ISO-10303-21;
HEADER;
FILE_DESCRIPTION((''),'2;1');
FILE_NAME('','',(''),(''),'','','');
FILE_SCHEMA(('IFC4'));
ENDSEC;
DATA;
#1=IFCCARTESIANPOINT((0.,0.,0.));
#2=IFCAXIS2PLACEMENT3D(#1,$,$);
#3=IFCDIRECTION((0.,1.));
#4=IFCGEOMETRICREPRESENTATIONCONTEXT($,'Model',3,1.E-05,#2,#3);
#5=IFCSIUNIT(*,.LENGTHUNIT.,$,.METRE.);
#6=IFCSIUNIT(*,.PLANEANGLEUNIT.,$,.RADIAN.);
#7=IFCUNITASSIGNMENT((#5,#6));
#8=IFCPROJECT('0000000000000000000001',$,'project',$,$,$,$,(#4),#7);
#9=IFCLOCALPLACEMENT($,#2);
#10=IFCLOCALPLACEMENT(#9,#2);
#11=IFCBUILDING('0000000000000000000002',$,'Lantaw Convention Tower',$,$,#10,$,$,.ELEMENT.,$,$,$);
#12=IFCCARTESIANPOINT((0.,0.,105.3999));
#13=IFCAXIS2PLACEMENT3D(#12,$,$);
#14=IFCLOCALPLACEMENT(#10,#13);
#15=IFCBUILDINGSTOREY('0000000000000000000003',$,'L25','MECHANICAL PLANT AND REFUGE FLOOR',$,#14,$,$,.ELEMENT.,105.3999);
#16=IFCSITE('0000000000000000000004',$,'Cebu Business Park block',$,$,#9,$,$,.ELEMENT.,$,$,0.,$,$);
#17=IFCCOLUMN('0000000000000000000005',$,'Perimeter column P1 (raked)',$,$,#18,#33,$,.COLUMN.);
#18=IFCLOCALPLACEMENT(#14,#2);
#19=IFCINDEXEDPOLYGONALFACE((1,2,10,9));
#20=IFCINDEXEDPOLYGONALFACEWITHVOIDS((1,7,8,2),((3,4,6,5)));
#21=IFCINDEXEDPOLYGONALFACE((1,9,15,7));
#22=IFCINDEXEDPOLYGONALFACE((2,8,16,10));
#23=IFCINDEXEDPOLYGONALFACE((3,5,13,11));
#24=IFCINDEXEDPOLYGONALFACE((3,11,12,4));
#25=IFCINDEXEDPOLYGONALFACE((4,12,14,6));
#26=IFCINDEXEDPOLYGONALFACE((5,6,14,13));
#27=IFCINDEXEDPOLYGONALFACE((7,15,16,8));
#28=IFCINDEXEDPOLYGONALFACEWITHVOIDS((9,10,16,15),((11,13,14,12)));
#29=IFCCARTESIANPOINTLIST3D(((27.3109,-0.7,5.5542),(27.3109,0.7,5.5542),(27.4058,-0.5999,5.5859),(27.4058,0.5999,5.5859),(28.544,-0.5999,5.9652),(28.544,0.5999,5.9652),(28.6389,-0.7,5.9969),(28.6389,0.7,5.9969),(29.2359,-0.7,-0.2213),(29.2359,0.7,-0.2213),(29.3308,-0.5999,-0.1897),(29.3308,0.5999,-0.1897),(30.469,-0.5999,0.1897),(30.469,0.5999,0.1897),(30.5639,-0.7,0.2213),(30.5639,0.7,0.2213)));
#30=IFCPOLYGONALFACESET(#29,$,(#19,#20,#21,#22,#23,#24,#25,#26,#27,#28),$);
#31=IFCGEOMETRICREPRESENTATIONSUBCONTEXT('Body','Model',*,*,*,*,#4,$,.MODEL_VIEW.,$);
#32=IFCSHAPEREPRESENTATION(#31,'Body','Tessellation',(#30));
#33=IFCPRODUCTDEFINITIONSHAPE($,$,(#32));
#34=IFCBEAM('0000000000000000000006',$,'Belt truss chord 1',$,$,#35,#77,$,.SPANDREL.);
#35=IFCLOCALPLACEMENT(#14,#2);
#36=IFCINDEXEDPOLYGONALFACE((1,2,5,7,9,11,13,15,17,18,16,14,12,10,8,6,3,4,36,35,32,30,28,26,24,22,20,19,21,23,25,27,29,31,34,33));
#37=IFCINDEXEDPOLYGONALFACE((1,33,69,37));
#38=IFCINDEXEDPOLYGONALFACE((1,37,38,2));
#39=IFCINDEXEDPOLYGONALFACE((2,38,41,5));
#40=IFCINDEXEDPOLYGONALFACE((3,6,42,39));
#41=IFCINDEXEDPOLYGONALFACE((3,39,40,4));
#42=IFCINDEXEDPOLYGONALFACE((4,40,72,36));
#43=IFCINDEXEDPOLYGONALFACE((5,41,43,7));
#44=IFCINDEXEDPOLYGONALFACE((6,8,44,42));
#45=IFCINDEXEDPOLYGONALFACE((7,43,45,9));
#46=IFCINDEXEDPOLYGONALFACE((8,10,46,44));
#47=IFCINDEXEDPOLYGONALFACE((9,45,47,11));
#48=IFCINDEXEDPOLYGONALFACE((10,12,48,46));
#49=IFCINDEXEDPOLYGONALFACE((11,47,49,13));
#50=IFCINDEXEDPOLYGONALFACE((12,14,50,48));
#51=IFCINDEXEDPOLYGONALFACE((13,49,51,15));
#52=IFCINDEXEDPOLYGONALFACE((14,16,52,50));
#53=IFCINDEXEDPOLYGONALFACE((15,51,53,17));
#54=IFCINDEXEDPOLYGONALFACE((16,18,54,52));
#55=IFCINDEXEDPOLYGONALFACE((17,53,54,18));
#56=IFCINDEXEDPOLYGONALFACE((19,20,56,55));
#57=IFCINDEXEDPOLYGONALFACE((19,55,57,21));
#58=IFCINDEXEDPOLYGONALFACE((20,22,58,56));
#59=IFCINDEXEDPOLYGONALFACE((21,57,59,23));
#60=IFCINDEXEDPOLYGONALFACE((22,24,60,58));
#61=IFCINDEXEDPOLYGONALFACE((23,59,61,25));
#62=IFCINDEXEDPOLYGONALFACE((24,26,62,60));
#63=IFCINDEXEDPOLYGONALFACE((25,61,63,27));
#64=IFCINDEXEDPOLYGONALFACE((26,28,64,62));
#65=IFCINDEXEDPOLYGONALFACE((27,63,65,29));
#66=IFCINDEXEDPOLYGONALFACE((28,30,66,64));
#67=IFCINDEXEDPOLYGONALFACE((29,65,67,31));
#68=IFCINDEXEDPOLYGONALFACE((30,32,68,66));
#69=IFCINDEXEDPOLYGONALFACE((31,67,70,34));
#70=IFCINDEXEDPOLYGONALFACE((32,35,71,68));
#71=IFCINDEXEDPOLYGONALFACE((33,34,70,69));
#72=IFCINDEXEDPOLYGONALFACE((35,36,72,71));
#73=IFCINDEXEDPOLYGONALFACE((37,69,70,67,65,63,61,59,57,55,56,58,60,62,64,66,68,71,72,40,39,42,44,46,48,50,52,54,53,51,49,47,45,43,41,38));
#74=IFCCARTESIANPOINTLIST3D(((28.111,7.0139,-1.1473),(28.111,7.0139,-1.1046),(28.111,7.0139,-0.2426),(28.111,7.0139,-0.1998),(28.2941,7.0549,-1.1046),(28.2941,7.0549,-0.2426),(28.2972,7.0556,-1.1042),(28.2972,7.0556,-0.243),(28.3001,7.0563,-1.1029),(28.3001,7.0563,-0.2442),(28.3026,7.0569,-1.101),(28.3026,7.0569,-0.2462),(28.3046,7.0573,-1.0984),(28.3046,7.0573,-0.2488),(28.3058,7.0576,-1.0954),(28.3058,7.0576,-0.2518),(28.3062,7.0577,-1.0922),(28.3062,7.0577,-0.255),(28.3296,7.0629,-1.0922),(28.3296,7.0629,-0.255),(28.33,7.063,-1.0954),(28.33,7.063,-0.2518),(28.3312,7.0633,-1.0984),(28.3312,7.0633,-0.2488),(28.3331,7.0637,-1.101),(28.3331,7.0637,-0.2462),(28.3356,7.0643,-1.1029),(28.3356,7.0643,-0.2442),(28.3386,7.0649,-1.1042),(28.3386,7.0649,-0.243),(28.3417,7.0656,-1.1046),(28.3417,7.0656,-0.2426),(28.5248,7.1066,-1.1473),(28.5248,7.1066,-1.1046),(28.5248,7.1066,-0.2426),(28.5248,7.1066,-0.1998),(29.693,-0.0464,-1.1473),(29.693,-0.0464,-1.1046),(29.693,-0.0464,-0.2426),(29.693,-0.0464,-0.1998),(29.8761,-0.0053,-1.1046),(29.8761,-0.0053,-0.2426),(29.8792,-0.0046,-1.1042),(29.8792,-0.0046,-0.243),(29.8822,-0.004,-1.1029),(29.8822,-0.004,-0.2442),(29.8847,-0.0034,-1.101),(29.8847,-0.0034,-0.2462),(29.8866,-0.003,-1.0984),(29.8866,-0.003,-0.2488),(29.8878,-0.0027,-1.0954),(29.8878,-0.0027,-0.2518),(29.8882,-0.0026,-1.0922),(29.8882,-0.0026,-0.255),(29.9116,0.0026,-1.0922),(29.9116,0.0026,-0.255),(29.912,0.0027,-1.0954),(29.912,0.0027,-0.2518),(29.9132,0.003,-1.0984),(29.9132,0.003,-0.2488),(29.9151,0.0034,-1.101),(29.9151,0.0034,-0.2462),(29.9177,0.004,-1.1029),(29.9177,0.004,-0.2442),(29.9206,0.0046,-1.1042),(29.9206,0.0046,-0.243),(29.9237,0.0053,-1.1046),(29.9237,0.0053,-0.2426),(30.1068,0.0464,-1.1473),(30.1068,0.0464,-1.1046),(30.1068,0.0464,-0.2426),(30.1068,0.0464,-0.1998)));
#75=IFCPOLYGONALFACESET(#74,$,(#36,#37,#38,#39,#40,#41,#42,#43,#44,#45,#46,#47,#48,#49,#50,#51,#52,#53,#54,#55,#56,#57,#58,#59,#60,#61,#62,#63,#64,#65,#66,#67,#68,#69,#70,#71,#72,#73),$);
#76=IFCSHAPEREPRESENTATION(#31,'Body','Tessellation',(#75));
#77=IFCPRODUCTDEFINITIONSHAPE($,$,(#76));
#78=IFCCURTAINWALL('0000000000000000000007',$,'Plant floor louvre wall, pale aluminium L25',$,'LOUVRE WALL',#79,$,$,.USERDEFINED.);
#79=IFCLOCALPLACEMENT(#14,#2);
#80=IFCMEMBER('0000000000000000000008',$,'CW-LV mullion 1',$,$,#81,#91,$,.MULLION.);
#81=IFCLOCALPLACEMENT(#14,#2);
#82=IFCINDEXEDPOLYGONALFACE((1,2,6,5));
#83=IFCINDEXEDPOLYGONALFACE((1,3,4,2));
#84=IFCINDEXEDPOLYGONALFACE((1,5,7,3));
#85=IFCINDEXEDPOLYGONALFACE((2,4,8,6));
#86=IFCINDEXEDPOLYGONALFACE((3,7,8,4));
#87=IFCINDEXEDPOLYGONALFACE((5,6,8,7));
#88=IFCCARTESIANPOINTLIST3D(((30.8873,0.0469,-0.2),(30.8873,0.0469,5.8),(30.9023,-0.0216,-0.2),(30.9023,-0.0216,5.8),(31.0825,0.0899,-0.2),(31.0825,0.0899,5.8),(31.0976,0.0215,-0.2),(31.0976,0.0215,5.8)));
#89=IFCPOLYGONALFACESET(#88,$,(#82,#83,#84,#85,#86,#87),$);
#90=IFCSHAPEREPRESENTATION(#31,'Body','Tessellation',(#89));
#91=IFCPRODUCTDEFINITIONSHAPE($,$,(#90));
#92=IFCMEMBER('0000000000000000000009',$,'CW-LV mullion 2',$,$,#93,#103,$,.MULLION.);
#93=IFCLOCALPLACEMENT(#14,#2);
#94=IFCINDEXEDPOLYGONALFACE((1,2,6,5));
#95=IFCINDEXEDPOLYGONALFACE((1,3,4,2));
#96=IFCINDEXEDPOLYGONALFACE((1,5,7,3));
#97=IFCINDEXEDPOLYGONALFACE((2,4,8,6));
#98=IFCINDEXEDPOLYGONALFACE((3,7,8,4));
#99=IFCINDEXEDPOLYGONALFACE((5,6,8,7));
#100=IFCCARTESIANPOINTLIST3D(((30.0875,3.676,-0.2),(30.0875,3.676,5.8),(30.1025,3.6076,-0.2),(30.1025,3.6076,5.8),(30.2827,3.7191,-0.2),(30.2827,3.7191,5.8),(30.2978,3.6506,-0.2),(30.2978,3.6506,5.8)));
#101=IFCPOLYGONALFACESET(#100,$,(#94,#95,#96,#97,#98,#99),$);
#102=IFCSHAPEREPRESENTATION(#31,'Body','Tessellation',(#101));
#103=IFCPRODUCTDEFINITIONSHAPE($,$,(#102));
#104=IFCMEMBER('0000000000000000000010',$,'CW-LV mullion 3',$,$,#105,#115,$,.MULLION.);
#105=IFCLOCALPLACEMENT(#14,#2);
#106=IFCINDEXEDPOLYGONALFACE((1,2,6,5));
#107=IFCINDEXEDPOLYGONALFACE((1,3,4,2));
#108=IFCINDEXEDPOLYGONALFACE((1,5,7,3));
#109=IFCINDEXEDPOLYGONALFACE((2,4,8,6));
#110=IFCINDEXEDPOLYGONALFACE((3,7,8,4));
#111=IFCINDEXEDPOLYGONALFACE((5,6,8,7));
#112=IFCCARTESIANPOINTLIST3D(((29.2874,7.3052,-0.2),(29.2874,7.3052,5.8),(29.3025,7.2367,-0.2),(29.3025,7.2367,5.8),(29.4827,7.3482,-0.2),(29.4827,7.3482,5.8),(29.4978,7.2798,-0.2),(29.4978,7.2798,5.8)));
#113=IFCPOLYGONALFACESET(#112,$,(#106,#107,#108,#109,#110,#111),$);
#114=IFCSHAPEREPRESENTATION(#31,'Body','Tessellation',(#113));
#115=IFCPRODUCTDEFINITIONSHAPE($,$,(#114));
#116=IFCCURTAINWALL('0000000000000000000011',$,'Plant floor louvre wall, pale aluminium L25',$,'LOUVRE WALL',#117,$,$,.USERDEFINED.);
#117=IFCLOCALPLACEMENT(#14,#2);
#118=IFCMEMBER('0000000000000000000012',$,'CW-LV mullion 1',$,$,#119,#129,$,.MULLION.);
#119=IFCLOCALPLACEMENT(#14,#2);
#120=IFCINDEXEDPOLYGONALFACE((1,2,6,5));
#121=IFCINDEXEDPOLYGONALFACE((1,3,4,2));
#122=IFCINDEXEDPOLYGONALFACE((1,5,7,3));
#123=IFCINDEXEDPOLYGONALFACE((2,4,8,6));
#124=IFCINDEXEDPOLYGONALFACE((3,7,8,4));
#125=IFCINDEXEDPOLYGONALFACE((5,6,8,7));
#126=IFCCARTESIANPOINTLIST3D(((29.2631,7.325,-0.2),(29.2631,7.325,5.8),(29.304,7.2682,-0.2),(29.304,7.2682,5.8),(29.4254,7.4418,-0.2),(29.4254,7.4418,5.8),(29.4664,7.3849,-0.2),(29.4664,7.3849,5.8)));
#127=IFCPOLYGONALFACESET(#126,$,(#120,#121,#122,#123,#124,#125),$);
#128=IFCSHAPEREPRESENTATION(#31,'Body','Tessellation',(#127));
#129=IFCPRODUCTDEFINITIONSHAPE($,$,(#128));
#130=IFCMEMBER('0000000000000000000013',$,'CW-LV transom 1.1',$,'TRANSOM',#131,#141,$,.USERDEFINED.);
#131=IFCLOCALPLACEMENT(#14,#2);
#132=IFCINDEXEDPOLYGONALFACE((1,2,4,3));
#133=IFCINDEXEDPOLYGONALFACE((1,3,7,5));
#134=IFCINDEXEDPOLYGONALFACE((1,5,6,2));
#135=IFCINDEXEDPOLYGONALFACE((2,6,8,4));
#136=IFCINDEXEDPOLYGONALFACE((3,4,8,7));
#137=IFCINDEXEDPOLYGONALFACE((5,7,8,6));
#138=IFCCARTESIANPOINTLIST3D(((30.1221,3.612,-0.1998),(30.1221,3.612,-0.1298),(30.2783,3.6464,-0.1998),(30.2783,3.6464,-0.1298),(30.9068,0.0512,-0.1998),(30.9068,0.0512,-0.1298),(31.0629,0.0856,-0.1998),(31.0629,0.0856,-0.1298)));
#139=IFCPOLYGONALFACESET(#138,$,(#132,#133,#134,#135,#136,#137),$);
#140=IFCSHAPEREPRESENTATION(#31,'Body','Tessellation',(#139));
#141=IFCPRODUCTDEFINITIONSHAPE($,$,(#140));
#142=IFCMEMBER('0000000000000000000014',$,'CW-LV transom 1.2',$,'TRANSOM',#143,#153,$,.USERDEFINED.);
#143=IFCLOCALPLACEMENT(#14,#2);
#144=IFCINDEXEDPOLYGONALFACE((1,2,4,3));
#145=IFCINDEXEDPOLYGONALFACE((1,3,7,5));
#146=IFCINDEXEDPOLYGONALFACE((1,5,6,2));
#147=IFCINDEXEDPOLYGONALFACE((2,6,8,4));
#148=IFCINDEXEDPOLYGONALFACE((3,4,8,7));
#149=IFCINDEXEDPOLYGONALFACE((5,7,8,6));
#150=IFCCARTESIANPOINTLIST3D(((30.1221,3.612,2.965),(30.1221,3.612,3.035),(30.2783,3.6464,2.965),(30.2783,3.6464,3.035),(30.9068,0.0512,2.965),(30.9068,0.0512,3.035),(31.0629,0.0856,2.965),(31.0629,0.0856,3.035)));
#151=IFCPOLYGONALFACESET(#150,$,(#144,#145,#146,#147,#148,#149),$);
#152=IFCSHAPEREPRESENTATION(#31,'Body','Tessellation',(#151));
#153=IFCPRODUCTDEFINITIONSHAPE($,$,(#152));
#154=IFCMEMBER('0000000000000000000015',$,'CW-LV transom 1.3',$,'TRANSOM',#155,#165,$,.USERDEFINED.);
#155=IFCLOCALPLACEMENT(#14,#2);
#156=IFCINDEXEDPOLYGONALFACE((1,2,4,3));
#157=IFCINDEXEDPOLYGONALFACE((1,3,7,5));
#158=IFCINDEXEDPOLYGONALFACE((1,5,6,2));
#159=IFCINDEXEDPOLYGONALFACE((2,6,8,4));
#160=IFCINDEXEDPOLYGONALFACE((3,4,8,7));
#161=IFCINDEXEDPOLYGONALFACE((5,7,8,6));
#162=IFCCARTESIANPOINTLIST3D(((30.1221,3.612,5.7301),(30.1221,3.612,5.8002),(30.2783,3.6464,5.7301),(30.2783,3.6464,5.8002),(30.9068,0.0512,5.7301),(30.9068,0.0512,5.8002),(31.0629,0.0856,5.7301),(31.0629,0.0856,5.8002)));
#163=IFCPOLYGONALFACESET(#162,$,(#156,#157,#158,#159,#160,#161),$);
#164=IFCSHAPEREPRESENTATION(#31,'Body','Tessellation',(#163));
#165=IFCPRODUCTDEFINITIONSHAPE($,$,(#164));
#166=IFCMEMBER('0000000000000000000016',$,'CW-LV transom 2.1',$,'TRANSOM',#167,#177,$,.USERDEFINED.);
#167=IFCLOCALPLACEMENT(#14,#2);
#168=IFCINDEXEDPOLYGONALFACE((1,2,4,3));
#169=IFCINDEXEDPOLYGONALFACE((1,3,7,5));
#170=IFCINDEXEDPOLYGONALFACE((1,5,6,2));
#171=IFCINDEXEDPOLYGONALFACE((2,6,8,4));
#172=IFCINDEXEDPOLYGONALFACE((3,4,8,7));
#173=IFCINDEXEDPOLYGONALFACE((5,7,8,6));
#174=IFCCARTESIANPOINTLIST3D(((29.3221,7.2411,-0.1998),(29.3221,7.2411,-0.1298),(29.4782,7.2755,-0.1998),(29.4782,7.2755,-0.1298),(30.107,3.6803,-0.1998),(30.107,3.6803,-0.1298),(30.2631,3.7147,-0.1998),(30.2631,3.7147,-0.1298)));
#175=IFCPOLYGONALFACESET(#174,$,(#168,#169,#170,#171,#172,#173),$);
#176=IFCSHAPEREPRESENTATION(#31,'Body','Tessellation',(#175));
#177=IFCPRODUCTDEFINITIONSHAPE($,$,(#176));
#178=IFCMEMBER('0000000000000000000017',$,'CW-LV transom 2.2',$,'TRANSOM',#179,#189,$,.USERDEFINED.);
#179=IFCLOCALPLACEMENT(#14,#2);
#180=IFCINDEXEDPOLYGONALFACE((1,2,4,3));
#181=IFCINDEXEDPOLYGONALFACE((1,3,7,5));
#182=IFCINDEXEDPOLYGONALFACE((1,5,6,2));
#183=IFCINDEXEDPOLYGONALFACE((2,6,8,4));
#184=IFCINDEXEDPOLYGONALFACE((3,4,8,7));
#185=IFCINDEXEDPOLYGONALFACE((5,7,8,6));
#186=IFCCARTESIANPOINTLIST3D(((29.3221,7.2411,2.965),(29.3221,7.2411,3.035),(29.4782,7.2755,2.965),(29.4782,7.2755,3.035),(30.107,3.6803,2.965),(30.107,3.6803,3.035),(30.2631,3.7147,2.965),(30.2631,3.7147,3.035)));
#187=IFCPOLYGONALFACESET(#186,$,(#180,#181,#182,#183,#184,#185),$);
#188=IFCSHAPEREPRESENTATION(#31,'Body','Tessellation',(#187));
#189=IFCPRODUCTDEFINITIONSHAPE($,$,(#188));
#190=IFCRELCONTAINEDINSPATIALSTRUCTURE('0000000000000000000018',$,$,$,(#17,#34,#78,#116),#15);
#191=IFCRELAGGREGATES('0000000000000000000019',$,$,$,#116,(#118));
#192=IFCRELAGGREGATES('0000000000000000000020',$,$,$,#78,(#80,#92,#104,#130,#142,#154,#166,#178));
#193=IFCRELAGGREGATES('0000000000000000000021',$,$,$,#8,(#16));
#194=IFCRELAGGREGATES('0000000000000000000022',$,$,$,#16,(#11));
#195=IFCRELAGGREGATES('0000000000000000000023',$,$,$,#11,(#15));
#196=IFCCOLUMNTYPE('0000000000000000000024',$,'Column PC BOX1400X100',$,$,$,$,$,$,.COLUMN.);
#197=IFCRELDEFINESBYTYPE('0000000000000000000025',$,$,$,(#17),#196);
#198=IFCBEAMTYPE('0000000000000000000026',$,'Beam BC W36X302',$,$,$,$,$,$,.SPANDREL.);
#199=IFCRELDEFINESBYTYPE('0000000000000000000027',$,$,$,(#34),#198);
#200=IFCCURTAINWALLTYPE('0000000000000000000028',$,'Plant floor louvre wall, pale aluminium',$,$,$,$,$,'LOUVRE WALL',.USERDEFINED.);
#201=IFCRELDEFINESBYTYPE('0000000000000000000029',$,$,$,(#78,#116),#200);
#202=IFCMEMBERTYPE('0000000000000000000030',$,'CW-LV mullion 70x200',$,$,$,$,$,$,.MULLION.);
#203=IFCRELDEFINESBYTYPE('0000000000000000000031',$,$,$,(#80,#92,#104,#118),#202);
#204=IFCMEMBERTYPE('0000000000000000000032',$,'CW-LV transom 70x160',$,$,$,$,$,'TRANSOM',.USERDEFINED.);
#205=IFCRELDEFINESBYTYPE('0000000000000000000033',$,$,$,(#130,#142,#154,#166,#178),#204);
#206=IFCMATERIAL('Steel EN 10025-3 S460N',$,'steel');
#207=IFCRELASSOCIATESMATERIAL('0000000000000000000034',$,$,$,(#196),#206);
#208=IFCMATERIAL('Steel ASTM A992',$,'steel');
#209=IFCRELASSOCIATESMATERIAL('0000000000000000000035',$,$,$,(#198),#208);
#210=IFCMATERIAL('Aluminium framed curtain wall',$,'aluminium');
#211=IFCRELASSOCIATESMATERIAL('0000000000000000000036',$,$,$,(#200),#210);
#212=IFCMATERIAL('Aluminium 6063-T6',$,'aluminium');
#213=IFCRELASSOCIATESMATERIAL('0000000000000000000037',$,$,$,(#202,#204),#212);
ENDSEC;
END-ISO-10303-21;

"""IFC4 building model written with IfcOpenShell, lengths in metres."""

from ifc_helpers import new_model, si_unit, direction, frame, origin, origin_2d, place, context, subcontext, project, spatial, rectangle, hollow_rectangle, i_section, extrude, material, material_profile, profile_set, type_object, element, aggregate, save


model = new_model("IFC4")

# Units and contexts
model_context = context("Model", 3, precision=1e-05, world=origin(), true_north=direction((0.0, 1.0)))
body_context = subcontext(model_context, "Body", "Model", "MODEL_VIEW")
ifc_project = project(units=[si_unit("LENGTHUNIT", "METRE"), si_unit("PLANEANGLEUNIT", "RADIAN")], contexts=[model_context])

# Site, building, storey
site_placement = place(None, origin())
site = spatial("IfcSite", under=ifc_project, at=site_placement, Name="Cebu Business Park block", CompositionType="ELEMENT", RefElevation=0.0)
building_placement = place(site_placement, origin())
building = spatial("IfcBuilding", under=site, at=building_placement, Name="Lantaw Convention Tower", CompositionType="ELEMENT")
storey_placement = place(building_placement, frame((0.0, 0.0, 105.3999)))
storey = spatial("IfcBuildingStorey", under=building, at=storey_placement, Name="L25", Description="MECHANICAL PLANT AND REFUGE FLOOR", CompositionType="ELEMENT", Elevation=105.3999)

# Column
ifc_material_1 = material(Name="Steel EN 10025-3 S460N", Category="steel")
ifc_material_profile_1 = material_profile(ifc_material_1, hollow_rectangle(XDim=1.3999, YDim=1.3999, WallThickness=0.1001, at=origin_2d()), Name="BOX1400X100")
ifc_material_2 = material(Name="Concrete C60/75", Category="concrete")
ifc_material_profile_2 = material_profile(ifc_material_2, rectangle(XDim=1.2, YDim=1.2, at=origin_2d()), Name="Concrete fill of BOX1400X100")
ifc_profile_set_1 = profile_set([ifc_material_profile_1, ifc_material_profile_2], Name="Steel EN 10025-3 S460N")
column_type = type_object("IfcColumnType", Name="Column PC BOX1400X100", PredefinedType="COLUMN", material=ifc_profile_set_1)
column_placement = place(storey_placement, frame((29.8999, 0.0, 0.0), z_axis=(-0.316204, 0.0, 0.948691), x_axis=(0.0, -1.0, 0.0)))
element("IfcColumn", 1, at=column_placement, inside=storey, type_object=column_type, Name="Perimeter column P1 (raked)", PredefinedType="COLUMN", context=body_context, shape_type="SweptSolid", body=[
    extrude(hollow_rectangle(XDim=1.3999, YDim=1.3999, WallThickness=0.1001, at=origin_2d()), origin(), (0.0, 0.0, 1.0), 6.0879),
])

# Beam
ifc_material_3 = material(Name="Steel ASTM A992", Category="steel")
ifc_material_profile_3 = material_profile(ifc_material_3, i_section(OverallWidth=0.4241, OverallDepth=0.9475, WebThickness=0.0239, FlangeThickness=0.0427, FilletRadius=0.0125, at=origin_2d()), Name="W36X302")
ifc_profile_set_2 = profile_set([ifc_material_profile_3], Name="Steel ASTM A992")
beam_type = type_object("IfcBeamType", Name="Beam BC W36X302", PredefinedType="SPANDREL", material=ifc_profile_set_2)
beam_placement = place(storey_placement, frame((29.8999, 0.0, -0.6736), z_axis=(-0.218652, 0.975803, 0.0), x_axis=(-0.975803, -0.218652, 0.0)))
element("IfcBeam", 2, at=beam_placement, inside=storey, type_object=beam_type, Name="Belt truss chord 1", PredefinedType="SPANDREL", context=body_context, shape_type="SweptSolid", body=[
    extrude(i_section(OverallWidth=0.4241, OverallDepth=0.9475, WebThickness=0.0239, FlangeThickness=0.0427, FilletRadius=0.0125, at=origin_2d()), origin(), (0.0, 0.0, 1.0), 7.2354),
])

# Curtain wall, members
ifc_material_4 = material(Name="Aluminium framed curtain wall", Category="aluminium")
curtain_wall_type = type_object("IfcCurtainWallType", Name="Plant floor louvre wall, pale aluminium", ElementType="LOUVRE WALL", PredefinedType="USERDEFINED", material=ifc_material_4)
curtain_wall_1_placement = place(storey_placement, origin())
curtain_wall_1 = element("IfcCurtainWall", 3, at=curtain_wall_1_placement, inside=storey, type_object=curtain_wall_type, Name="Plant floor louvre wall, pale aluminium L25", ObjectType="LOUVRE WALL", PredefinedType="USERDEFINED")
ifc_material_5 = material(Name="Aluminium 6063-T6", Category="aluminium")
ifc_material_profile_4 = material_profile(ifc_material_5, rectangle(XDim=0.2, YDim=0.0701, at=origin_2d()), Name="CW-LV mullion 70x200")
ifc_profile_set_3 = profile_set([ifc_material_profile_4], Name="Aluminium 6063-T6")
member_type_1 = type_object("IfcMemberType", Name="CW-LV mullion 70x200", PredefinedType="MULLION", material=ifc_profile_set_3)
member_1_placement = place(storey_placement, frame((30.9924, 0.0342, -0.2), z_axis=(0.0, 0.0, 1.0), x_axis=(-0.97656, -0.215246, 0.0)))
member_1 = element("IfcMember", 4, at=member_1_placement, type_object=member_type_1, Name="CW-LV mullion 1", PredefinedType="MULLION", context=body_context, shape_type="SweptSolid", body=[
    extrude(rectangle(XDim=0.2, YDim=0.0701, at=origin_2d()), origin(), (0.0, 0.0, 1.0), 6.0),
])
member_2_placement = place(storey_placement, frame((30.1926, 3.6633, -0.2), z_axis=(0.0, 0.0, 1.0), x_axis=(-0.97656, -0.215246, 0.0)))
member_2 = element("IfcMember", 5, at=member_2_placement, type_object=member_type_1, Name="CW-LV mullion 2", PredefinedType="MULLION", context=body_context, shape_type="SweptSolid", body=[
    extrude(rectangle(XDim=0.2, YDim=0.0701, at=origin_2d()), origin(), (0.0, 0.0, 1.0), 6.0),
])
member_3_placement = place(storey_placement, frame((29.3926, 7.2925, -0.2), z_axis=(0.0, 0.0, 1.0), x_axis=(-0.97656, -0.215246, 0.0)))
member_3 = element("IfcMember", 6, at=member_3_placement, type_object=member_type_1, Name="CW-LV mullion 3", PredefinedType="MULLION", context=body_context, shape_type="SweptSolid", body=[
    extrude(rectangle(XDim=0.2, YDim=0.0701, at=origin_2d()), origin(), (0.0, 0.0, 1.0), 6.0),
])

# Curtain wall, member
curtain_wall_2_placement = place(storey_placement, origin())
curtain_wall_2 = element("IfcCurtainWall", 7, at=curtain_wall_2_placement, inside=storey, type_object=curtain_wall_type, Name="Plant floor louvre wall, pale aluminium L25", ObjectType="LOUVRE WALL", PredefinedType="USERDEFINED")
member_4_placement = place(storey_placement, frame((29.3647, 7.355, -0.2), z_axis=(0.0, 0.0, 1.0), x_axis=(-0.811789, -0.583951, 0.0)))
member_4 = element("IfcMember", 8, at=member_4_placement, type_object=member_type_1, Name="CW-LV mullion 1", PredefinedType="MULLION", context=body_context, shape_type="SweptSolid", body=[
    extrude(rectangle(XDim=0.2, YDim=0.0701, at=origin_2d()), origin(), (0.0, 0.0, 1.0), 6.0),
])

# Members
ifc_material_profile_5 = material_profile(ifc_material_5, rectangle(XDim=0.1599, YDim=0.0701, at=origin_2d()), Name="CW-LV transom 70x160")
ifc_profile_set_4 = profile_set([ifc_material_profile_5], Name="Aluminium 6063-T6")
member_type_2 = type_object("IfcMemberType", Name="CW-LV transom 70x160", ElementType="TRANSOM", PredefinedType="USERDEFINED", material=ifc_profile_set_4)
member_5_placement = place(storey_placement, frame((30.9849, 0.0684, -0.1648), z_axis=(-0.2152, 0.97657, 0.0), x_axis=(-0.97657, -0.2152, 0.0)))
member_5 = element("IfcMember", 9, at=member_5_placement, type_object=member_type_2, Name="CW-LV transom 1.1", ObjectType="TRANSOM", PredefinedType="USERDEFINED", context=body_context, shape_type="SweptSolid", body=[
    extrude(rectangle(XDim=0.1599, YDim=0.0701, at=origin_2d()), origin(), (0.0, 0.0, 1.0), 3.6462),
])
member_6_placement = place(storey_placement, frame((30.9849, 0.0684, 3.0), z_axis=(-0.2152, 0.97657, 0.0), x_axis=(-0.97657, -0.2152, 0.0)))
member_6 = element("IfcMember", 10, at=member_6_placement, type_object=member_type_2, Name="CW-LV transom 1.2", ObjectType="TRANSOM", PredefinedType="USERDEFINED", context=body_context, shape_type="SweptSolid", body=[
    extrude(rectangle(XDim=0.1599, YDim=0.0701, at=origin_2d()), origin(), (0.0, 0.0, 1.0), 3.6462),
])
member_7_placement = place(storey_placement, frame((30.9849, 0.0684, 5.7651), z_axis=(-0.2152, 0.97657, 0.0), x_axis=(-0.97657, -0.2152, 0.0)))
member_7 = element("IfcMember", 11, at=member_7_placement, type_object=member_type_2, Name="CW-LV transom 1.3", ObjectType="TRANSOM", PredefinedType="USERDEFINED", context=body_context, shape_type="SweptSolid", body=[
    extrude(rectangle(XDim=0.1599, YDim=0.0701, at=origin_2d()), origin(), (0.0, 0.0, 1.0), 3.6462),
])
member_8_placement = place(storey_placement, frame((30.1851, 3.6975, -0.1648), z_axis=(-0.215264, 0.976556, 0.0), x_axis=(-0.976556, -0.215264, 0.0)))
member_8 = element("IfcMember", 12, at=member_8_placement, type_object=member_type_2, Name="CW-LV transom 2.1", ObjectType="TRANSOM", PredefinedType="USERDEFINED", context=body_context, shape_type="SweptSolid", body=[
    extrude(rectangle(XDim=0.1599, YDim=0.0701, at=origin_2d()), origin(), (0.0, 0.0, 1.0), 3.6462),
])
member_9_placement = place(storey_placement, frame((30.1851, 3.6975, 3.0), z_axis=(-0.215264, 0.976556, 0.0), x_axis=(-0.976556, -0.215264, 0.0)))
member_9 = element("IfcMember", 13, at=member_9_placement, type_object=member_type_2, Name="CW-LV transom 2.2", ObjectType="TRANSOM", PredefinedType="USERDEFINED", context=body_context, shape_type="SweptSolid", body=[
    extrude(rectangle(XDim=0.1599, YDim=0.0701, at=origin_2d()), origin(), (0.0, 0.0, 1.0), 3.6462),
])
aggregate(curtain_wall_2, [member_4])

aggregate(curtain_wall_1, [member_1, member_2, member_3, member_5, member_6, member_7, member_8, member_9])

save(model, "model.ifc")
